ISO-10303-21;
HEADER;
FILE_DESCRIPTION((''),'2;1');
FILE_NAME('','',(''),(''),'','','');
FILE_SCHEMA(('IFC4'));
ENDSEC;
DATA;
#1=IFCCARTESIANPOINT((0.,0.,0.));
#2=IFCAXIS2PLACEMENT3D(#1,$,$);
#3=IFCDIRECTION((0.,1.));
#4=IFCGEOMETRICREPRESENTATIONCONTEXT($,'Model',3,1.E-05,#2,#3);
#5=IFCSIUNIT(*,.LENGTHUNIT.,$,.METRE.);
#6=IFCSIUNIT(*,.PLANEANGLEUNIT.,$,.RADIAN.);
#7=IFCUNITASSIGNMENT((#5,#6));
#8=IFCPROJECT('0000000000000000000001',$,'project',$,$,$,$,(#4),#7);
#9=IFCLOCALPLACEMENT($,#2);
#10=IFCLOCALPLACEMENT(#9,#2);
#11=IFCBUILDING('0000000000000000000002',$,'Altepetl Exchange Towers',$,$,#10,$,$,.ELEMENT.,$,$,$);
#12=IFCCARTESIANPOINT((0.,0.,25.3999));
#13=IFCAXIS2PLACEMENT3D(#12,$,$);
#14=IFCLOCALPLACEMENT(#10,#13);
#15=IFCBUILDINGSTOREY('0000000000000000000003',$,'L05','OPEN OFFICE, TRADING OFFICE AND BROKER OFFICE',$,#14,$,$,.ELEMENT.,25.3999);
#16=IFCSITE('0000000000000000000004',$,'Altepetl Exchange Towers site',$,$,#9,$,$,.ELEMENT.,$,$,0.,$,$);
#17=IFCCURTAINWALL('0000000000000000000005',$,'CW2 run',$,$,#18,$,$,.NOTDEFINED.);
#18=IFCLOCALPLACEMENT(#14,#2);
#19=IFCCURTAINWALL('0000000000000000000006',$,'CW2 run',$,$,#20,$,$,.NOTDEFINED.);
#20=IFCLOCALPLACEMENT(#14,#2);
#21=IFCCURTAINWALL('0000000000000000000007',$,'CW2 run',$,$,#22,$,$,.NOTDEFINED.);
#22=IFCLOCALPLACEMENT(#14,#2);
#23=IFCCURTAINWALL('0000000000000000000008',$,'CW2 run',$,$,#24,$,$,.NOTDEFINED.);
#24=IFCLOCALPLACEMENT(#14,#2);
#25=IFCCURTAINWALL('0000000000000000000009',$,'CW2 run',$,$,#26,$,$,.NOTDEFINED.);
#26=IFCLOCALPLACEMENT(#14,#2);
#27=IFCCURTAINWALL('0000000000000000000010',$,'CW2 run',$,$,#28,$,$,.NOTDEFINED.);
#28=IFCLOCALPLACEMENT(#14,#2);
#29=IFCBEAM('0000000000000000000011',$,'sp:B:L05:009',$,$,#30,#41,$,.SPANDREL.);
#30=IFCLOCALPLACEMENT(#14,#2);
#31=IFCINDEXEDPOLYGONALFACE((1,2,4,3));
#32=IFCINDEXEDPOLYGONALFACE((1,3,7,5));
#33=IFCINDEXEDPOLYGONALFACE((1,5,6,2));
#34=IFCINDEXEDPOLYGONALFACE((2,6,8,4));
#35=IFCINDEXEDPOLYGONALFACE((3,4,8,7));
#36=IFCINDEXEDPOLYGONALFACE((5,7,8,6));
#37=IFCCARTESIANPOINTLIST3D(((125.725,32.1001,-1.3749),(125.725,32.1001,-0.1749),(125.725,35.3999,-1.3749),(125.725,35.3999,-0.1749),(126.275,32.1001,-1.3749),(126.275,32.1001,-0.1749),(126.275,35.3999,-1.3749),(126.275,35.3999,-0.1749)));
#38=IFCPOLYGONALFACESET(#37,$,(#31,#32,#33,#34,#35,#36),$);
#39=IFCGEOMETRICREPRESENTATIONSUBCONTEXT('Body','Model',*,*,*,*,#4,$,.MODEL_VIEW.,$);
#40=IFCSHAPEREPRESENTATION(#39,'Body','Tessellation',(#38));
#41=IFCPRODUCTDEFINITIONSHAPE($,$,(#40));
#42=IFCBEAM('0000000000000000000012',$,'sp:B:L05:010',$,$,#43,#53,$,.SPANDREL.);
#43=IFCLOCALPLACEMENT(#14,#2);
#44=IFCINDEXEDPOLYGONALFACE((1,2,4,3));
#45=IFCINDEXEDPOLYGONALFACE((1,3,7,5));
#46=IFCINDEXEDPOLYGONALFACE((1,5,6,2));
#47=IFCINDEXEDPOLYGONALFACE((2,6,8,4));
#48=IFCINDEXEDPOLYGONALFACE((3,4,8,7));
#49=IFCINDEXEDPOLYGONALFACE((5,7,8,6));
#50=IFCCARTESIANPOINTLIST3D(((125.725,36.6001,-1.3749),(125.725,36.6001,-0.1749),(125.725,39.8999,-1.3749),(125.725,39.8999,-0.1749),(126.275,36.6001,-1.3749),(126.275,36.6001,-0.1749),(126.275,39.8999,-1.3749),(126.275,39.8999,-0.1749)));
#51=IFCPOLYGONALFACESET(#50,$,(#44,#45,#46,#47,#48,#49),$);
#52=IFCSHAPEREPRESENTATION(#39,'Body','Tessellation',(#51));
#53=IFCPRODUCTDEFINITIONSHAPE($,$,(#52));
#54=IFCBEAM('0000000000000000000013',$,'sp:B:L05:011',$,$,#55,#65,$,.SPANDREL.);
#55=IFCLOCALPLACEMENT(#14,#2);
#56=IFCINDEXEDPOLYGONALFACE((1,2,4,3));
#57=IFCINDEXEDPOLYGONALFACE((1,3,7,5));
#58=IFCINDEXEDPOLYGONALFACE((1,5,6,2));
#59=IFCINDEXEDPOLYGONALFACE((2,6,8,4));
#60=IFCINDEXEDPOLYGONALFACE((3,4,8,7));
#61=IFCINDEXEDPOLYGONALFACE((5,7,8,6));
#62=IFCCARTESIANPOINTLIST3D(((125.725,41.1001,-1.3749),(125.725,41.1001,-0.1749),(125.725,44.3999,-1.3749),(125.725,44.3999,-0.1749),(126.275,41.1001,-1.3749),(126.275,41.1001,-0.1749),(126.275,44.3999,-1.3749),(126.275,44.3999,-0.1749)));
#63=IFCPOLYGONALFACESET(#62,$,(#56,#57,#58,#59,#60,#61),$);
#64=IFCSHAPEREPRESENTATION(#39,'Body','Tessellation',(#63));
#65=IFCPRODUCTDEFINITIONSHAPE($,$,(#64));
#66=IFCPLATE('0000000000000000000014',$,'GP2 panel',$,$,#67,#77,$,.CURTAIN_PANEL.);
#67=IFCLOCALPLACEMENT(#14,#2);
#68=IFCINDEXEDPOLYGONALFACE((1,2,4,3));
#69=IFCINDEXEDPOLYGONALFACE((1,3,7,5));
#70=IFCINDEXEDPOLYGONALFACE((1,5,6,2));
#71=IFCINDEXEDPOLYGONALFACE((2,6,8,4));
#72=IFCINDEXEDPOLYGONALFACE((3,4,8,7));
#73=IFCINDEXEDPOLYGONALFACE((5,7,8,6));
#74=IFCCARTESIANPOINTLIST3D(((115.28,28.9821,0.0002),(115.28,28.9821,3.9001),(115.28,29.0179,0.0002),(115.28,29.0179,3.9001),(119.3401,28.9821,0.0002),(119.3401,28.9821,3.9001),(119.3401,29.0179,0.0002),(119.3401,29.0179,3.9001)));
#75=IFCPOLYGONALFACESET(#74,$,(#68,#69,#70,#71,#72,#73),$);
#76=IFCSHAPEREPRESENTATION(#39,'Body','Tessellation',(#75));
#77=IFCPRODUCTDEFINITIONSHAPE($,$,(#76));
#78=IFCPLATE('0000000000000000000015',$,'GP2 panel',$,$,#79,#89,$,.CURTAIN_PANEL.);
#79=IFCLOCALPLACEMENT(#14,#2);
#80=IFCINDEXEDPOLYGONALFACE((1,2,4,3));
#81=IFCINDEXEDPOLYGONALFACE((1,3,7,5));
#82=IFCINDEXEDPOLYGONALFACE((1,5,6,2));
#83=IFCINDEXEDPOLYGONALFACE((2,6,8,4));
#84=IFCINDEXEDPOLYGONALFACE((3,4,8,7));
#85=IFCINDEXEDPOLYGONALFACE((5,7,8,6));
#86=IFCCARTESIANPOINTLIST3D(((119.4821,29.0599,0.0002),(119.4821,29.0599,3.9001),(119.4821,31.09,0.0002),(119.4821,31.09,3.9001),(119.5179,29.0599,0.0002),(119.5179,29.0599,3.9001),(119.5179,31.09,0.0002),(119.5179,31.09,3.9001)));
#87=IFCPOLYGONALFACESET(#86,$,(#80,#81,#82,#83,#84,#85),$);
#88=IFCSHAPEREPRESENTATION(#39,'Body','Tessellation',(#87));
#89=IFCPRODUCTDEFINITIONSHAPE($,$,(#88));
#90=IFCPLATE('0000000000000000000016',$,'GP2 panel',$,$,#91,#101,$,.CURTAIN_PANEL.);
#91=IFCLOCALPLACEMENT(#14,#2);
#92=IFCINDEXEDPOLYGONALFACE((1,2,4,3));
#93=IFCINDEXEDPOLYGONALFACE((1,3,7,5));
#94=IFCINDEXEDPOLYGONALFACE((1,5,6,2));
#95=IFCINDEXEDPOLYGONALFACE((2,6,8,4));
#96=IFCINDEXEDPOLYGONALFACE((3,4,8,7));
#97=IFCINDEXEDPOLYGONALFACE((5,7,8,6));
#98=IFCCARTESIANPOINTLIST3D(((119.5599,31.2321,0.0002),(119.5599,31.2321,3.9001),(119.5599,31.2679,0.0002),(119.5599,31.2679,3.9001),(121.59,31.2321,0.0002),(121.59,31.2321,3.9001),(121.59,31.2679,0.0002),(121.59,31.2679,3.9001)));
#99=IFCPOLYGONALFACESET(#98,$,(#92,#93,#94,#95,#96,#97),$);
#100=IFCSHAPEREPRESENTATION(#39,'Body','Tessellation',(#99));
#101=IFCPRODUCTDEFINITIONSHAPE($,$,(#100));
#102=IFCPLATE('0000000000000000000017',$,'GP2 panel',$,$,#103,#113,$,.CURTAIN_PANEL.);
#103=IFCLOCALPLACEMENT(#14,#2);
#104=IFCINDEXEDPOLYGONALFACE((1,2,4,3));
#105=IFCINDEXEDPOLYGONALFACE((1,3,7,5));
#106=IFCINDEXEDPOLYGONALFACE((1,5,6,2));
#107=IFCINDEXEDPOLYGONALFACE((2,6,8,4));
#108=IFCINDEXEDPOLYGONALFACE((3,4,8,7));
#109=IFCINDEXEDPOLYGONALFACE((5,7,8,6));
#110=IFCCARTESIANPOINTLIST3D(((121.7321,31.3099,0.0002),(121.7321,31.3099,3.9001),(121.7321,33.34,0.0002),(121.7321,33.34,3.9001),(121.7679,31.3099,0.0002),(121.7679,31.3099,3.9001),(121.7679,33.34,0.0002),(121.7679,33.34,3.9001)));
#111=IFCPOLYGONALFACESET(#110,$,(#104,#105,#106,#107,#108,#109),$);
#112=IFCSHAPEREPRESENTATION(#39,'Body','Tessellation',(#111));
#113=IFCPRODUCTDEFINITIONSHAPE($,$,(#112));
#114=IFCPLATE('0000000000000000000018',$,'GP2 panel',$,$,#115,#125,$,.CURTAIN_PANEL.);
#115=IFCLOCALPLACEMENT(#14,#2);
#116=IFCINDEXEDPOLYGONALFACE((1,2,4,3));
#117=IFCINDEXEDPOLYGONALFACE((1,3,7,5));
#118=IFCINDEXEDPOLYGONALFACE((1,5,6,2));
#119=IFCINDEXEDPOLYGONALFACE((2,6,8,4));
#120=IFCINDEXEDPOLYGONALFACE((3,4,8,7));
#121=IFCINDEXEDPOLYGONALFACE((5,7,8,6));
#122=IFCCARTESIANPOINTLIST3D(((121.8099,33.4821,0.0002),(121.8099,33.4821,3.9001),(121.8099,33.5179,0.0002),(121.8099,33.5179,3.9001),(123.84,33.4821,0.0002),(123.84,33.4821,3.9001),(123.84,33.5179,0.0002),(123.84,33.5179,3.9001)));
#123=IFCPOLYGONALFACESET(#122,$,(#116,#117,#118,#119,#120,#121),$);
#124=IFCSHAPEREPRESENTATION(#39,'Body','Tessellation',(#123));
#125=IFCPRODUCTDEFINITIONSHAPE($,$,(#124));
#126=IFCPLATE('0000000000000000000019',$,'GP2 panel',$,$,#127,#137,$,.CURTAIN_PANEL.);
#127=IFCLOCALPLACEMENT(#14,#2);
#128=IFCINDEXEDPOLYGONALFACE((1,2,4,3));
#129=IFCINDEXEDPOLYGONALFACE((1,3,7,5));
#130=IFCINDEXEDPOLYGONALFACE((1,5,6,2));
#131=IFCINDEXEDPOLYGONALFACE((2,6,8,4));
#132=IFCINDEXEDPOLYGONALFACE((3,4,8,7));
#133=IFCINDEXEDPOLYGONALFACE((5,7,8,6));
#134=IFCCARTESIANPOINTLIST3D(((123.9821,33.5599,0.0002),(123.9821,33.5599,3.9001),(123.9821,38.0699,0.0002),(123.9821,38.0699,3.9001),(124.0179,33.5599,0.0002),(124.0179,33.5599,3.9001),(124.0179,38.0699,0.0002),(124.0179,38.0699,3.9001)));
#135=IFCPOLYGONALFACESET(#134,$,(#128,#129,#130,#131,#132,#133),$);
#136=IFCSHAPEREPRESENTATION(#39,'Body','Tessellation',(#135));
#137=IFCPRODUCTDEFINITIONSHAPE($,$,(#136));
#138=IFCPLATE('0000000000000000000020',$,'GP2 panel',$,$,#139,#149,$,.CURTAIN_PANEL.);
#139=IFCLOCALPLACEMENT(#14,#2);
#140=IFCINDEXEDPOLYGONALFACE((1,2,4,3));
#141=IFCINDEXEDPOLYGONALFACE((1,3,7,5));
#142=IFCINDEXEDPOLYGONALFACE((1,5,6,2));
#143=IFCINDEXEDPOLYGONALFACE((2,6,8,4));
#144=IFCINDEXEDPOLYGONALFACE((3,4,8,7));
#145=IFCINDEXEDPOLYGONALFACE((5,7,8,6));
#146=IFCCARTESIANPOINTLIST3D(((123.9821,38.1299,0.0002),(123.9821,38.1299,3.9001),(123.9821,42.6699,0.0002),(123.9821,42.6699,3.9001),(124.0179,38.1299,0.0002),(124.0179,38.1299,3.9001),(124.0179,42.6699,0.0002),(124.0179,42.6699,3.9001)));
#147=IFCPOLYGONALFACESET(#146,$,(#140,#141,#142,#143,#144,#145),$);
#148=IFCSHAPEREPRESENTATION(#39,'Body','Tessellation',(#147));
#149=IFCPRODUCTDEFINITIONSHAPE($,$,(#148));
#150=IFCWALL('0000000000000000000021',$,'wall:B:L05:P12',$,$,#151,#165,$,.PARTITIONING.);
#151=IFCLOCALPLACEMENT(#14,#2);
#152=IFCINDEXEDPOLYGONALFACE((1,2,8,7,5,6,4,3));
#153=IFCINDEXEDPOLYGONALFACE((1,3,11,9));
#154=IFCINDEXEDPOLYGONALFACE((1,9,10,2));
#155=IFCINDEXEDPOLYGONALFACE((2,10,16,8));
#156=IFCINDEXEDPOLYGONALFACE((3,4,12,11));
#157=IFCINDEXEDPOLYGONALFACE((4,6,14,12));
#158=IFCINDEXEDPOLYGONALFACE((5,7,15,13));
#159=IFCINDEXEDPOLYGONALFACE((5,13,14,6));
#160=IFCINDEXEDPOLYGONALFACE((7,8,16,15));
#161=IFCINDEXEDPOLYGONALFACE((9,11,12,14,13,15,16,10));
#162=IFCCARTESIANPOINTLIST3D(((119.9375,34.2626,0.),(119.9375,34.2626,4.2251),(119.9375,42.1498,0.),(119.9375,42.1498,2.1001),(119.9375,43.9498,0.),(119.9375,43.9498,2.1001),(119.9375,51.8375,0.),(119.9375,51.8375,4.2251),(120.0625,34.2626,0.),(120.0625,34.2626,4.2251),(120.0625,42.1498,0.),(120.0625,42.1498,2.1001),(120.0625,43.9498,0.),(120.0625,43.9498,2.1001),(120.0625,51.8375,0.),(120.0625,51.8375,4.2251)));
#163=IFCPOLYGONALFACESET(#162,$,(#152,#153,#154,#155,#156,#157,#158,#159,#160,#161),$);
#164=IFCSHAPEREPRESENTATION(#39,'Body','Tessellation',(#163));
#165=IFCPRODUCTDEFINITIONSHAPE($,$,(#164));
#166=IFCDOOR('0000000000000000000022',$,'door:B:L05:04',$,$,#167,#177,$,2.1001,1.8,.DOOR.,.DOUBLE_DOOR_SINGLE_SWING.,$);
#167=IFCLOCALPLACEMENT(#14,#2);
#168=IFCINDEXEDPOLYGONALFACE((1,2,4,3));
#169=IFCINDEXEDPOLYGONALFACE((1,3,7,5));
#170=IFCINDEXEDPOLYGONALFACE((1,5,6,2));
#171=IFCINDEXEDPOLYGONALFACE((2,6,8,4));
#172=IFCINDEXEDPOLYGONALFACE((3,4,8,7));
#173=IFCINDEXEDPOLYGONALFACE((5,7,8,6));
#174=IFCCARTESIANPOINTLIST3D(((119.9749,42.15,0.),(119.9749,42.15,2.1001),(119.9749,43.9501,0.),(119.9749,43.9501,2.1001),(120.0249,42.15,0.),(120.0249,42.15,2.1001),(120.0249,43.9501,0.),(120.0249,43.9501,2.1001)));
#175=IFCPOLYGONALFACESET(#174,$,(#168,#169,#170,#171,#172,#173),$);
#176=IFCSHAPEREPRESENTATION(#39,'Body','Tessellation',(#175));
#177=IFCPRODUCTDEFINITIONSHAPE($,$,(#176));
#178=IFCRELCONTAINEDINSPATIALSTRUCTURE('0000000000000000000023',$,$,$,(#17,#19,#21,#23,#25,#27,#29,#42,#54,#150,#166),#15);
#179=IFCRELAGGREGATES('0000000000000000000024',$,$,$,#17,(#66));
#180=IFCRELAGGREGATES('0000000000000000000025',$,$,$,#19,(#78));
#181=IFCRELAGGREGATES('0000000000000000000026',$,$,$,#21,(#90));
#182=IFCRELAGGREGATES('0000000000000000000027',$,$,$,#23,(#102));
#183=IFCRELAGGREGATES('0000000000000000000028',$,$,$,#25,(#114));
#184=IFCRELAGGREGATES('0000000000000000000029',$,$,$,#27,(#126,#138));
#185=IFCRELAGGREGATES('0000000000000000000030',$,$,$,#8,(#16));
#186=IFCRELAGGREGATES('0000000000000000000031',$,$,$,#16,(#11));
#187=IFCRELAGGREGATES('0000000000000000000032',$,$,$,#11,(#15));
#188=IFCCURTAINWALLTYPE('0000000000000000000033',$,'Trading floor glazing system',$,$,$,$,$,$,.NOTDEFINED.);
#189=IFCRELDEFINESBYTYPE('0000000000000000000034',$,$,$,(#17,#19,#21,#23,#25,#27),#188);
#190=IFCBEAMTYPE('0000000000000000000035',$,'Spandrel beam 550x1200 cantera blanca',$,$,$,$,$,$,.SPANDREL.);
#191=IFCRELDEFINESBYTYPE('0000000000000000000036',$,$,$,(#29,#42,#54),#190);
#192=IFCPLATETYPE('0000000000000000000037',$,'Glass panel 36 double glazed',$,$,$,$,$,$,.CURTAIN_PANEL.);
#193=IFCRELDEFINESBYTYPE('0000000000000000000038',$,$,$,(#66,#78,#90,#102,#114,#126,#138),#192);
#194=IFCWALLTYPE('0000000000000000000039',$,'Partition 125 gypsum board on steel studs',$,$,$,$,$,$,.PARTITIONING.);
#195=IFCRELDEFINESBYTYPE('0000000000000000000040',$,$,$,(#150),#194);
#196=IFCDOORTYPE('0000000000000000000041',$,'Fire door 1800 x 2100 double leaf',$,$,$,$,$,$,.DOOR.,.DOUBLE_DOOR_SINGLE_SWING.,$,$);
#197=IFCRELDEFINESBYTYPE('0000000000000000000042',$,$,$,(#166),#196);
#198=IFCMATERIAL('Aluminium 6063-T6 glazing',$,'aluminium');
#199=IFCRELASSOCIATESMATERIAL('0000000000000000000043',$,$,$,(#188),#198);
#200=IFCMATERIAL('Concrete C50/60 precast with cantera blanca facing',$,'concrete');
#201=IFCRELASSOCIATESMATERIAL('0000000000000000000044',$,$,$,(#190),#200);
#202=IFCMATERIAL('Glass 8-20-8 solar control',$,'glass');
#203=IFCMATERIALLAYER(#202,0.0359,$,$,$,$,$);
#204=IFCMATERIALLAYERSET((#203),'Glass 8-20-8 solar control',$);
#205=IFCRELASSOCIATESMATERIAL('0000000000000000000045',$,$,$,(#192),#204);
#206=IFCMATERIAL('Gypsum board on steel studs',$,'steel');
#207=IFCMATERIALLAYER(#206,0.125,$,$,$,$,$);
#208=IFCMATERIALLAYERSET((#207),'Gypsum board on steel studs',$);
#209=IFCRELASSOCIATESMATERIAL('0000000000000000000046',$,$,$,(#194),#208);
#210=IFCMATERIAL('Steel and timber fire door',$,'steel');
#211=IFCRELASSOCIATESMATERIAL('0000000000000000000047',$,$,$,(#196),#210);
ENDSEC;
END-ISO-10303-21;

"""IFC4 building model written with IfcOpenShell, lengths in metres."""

from ifc_helpers import new_model, si_unit, direction, frame, frame_2d, origin, origin_2d, place, context, subcontext, project, spatial, rectangle, extrude, material, layer, layer_set, material_profile, profile_set, type_object, element, fill, aggregate, save


model = new_model("IFC4")

# Units and contexts
model_context = context("Model", 3, precision=1e-05, world=origin(), true_north=direction((0.0, 1.0)))
body_context = subcontext(model_context, "Body", "Model", "MODEL_VIEW")
ifc_project = project(units=[si_unit("LENGTHUNIT", "METRE"), si_unit("PLANEANGLEUNIT", "RADIAN")], contexts=[model_context])

# Site, building, storey
site_placement = place(None, origin())
site = spatial("IfcSite", under=ifc_project, at=site_placement, Name="Altepetl Exchange Towers site", CompositionType="ELEMENT", RefElevation=0.0)
building_placement = place(site_placement, origin())
building = spatial("IfcBuilding", under=site, at=building_placement, Name="Altepetl Exchange Towers", CompositionType="ELEMENT")
storey_placement = place(building_placement, frame((0.0, 0.0, 25.3999)))
storey = spatial("IfcBuildingStorey", under=building, at=storey_placement, Name="L05", Description="OPEN OFFICE, TRADING OFFICE AND BROKER OFFICE", CompositionType="ELEMENT", Elevation=25.3999)

# Curtain wall
ifc_material_1 = material(Name="Aluminium 6063-T6 glazing", Category="aluminium")
curtain_wall_type = type_object("IfcCurtainWallType", Name="Trading floor glazing system", PredefinedType="NOTDEFINED", material=ifc_material_1)
curtain_wall_1_placement = place(storey_placement, origin())
curtain_wall_1 = element("IfcCurtainWall", 1, at=curtain_wall_1_placement, inside=storey, type_object=curtain_wall_type, Name="CW2 run", PredefinedType="NOTDEFINED")

# Curtain walls
curtain_wall_2_placement = place(storey_placement, origin())
curtain_wall_2 = element("IfcCurtainWall", 2, at=curtain_wall_2_placement, inside=storey, type_object=curtain_wall_type, Name="CW2 run", PredefinedType="NOTDEFINED")
curtain_wall_3_placement = place(storey_placement, origin())
curtain_wall_3 = element("IfcCurtainWall", 3, at=curtain_wall_3_placement, inside=storey, type_object=curtain_wall_type, Name="CW2 run", PredefinedType="NOTDEFINED")
curtain_wall_4_placement = place(storey_placement, origin())
curtain_wall_4 = element("IfcCurtainWall", 4, at=curtain_wall_4_placement, inside=storey, type_object=curtain_wall_type, Name="CW2 run", PredefinedType="NOTDEFINED")
curtain_wall_5_placement = place(storey_placement, origin())
curtain_wall_5 = element("IfcCurtainWall", 5, at=curtain_wall_5_placement, inside=storey, type_object=curtain_wall_type, Name="CW2 run", PredefinedType="NOTDEFINED")
curtain_wall_6_placement = place(storey_placement, origin())
curtain_wall_6 = element("IfcCurtainWall", 6, at=curtain_wall_6_placement, inside=storey, type_object=curtain_wall_type, Name="CW2 run", PredefinedType="NOTDEFINED")

# Beams
ifc_material_2 = material(Name="Concrete C50/60 precast with cantera blanca facing", Category="concrete")
ifc_material_profile_1 = material_profile(ifc_material_2, rectangle(XDim=0.55, YDim=1.2, at=origin_2d()), Name="550 x 1200")
ifc_profile_set_1 = profile_set([ifc_material_profile_1], Name="Concrete C50/60 precast with cantera blanca facing")
beam_type_1 = type_object("IfcBeamType", Name="Spandrel beam 550x1200 cantera blanca", PredefinedType="SPANDREL", material=ifc_profile_set_1)
for number, where, z_axis, x_axis, name in (
    (7, (126.0, 32.1001, -0.7749), (0.0, 1.0, 0.0), (-1.0, 0.0, 0.0), "sp:B:L05:009"),
    (8, (126.0, 36.6001, -0.7749), (0.0, 1.0, 0.0), (-1.0, 0.0, 0.0), "sp:B:L05:010"),
    (9, (126.0, 41.1001, -0.7749), (0.0, 1.0, 0.0), (-1.0, 0.0, 0.0), "sp:B:L05:011"),
):
    element("IfcBeam", number, at=place(storey_placement, frame(where, z_axis=z_axis, x_axis=x_axis)), inside=storey, type_object=beam_type_1, Name=name, PredefinedType="SPANDREL", context=body_context, shape_type="SweptSolid", body=[
        extrude(rectangle(XDim=0.55, YDim=1.2, at=origin_2d()), origin(), (0.0, 0.0, 1.0), 3.2998),
    ])

# Plates
ifc_material_3 = material(Name="Glass 8-20-8 solar control", Category="glass")
ifc_layer_1 = layer(ifc_material_3, 0.0359)
ifc_layer_set_1 = layer_set([ifc_layer_1], Name="Glass 8-20-8 solar control")
plate_type = type_object("IfcPlateType", Name="Glass panel 36 double glazed", PredefinedType="CURTAIN_PANEL", material=ifc_layer_set_1)
plate_1_placement = place(storey_placement, frame((117.3101, 29.0, 0.0002)))
plate_1 = element("IfcPlate", 10, at=plate_1_placement, type_object=plate_type, Name="GP2 panel", PredefinedType="CURTAIN_PANEL", context=body_context, shape_type="SweptSolid", body=[
    extrude(rectangle(XDim=4.0601, YDim=0.0359, at=origin_2d()), origin(), (0.0, 0.0, 1.0), 3.8999),
])
aggregate(curtain_wall_1, [plate_1])
plate_2_placement = place(storey_placement, frame((119.5, 30.075, 0.0002), z_axis=(0.0, 0.0, 1.0), x_axis=(0.0, 1.0, 0.0)))
plate_2 = element("IfcPlate", 11, at=plate_2_placement, type_object=plate_type, Name="GP2 panel", PredefinedType="CURTAIN_PANEL", context=body_context, shape_type="SweptSolid", body=[
    extrude(rectangle(XDim=2.03, YDim=0.0359, at=origin_2d()), origin(), (0.0, 0.0, 1.0), 3.8999),
])
aggregate(curtain_wall_2, [plate_2])
plate_3_placement = place(storey_placement, frame((120.575, 31.25, 0.0002)))
plate_3 = element("IfcPlate", 12, at=plate_3_placement, type_object=plate_type, Name="GP2 panel", PredefinedType="CURTAIN_PANEL", context=body_context, shape_type="SweptSolid", body=[
    extrude(rectangle(XDim=2.03, YDim=0.0359, at=origin_2d()), origin(), (0.0, 0.0, 1.0), 3.8999),
])
aggregate(curtain_wall_3, [plate_3])
plate_4_placement = place(storey_placement, frame((121.75, 32.325, 0.0002), z_axis=(0.0, 0.0, 1.0), x_axis=(0.0, 1.0, 0.0)))
plate_4 = element("IfcPlate", 13, at=plate_4_placement, type_object=plate_type, Name="GP2 panel", PredefinedType="CURTAIN_PANEL", context=body_context, shape_type="SweptSolid", body=[
    extrude(rectangle(XDim=2.03, YDim=0.0359, at=origin_2d()), origin(), (0.0, 0.0, 1.0), 3.8999),
])
aggregate(curtain_wall_4, [plate_4])
plate_5_placement = place(storey_placement, frame((122.825, 33.5, 0.0002)))
plate_5 = element("IfcPlate", 14, at=plate_5_placement, type_object=plate_type, Name="GP2 panel", PredefinedType="CURTAIN_PANEL", context=body_context, shape_type="SweptSolid", body=[
    extrude(rectangle(XDim=2.03, YDim=0.0359, at=origin_2d()), origin(), (0.0, 0.0, 1.0), 3.8999),
])
aggregate(curtain_wall_5, [plate_5])
plate_6_placement = place(storey_placement, frame((124.0, 35.8149, 0.0002), z_axis=(0.0, 0.0, 1.0), x_axis=(0.0, 1.0, 0.0)))
plate_6 = element("IfcPlate", 15, at=plate_6_placement, type_object=plate_type, Name="GP2 panel", PredefinedType="CURTAIN_PANEL", context=body_context, shape_type="SweptSolid", body=[
    extrude(rectangle(XDim=4.51, YDim=0.0359, at=origin_2d()), origin(), (0.0, 0.0, 1.0), 3.8999),
])
plate_7_placement = place(storey_placement, frame((124.0, 40.3999, 0.0002), z_axis=(0.0, 0.0, 1.0), x_axis=(0.0, 1.0, 0.0)))
plate_7 = element("IfcPlate", 16, at=plate_7_placement, type_object=plate_type, Name="GP2 panel", PredefinedType="CURTAIN_PANEL", context=body_context, shape_type="SweptSolid", body=[
    extrude(rectangle(XDim=4.54, YDim=0.0359, at=origin_2d()), origin(), (0.0, 0.0, 1.0), 3.8999),
])
aggregate(curtain_wall_6, [plate_6, plate_7])

# Wall, opening, door
ifc_material_4 = material(Name="Gypsum board on steel studs", Category="steel")
ifc_layer_2 = layer(ifc_material_4, 0.125)
ifc_layer_set_2 = layer_set([ifc_layer_2], Name="Gypsum board on steel studs")
wall_type = type_object("IfcWallType", Name="Partition 125 gypsum board on steel studs", PredefinedType="PARTITIONING", material=ifc_layer_set_2)
wall_placement = place(storey_placement, frame((120.0, 34.2625, 0.0), z_axis=(0.0, 0.0, 1.0), x_axis=(0.0, 1.0, 0.0)))
wall = element("IfcWall", 17, at=wall_placement, inside=storey, type_object=wall_type, Name="wall:B:L05:P12", PredefinedType="PARTITIONING", context=body_context, shape_type="SweptSolid", body=[
    extrude(rectangle(XDim=17.575, YDim=0.125, at=frame_2d((8.7876, 0.0))), origin(), (0.0, 0.0, 1.0), 4.2251),
])
opening_placement = place(wall_placement, frame((7.8875, 0.0, 0.0)))
opening = element("IfcOpeningElement", 18, at=opening_placement, cuts=wall, PredefinedType="OPENING", context=body_context, shape_type="SweptSolid", body=[
    extrude(rectangle(XDim=1.8, YDim=2.1001, at=frame_2d((0.8999, 1.05))), frame((0.0, 0.0725, 0.0), z_axis=(0.0, -1.0, 0.0), x_axis=(1.0, 0.0, 0.0)), (0.0, 0.0, 1.0), 0.145),
])
ifc_material_5 = material(Name="Steel and timber fire door", Category="steel")
door_type = type_object("IfcDoorType", Name="Fire door 1800 x 2100 double leaf", OperationType="DOUBLE_DOOR_SINGLE_SWING", PredefinedType="DOOR", material=ifc_material_5)
door_placement = place(opening_placement, frame((1.8, 0.0, 0.0), x_axis=(-1.0, 0.0, 0.0)))
door = element("IfcDoor", 19, at=door_placement, inside=storey, type_object=door_type, Name="door:B:L05:04", OperationType="DOUBLE_DOOR_SINGLE_SWING", OverallHeight=2.1001, OverallWidth=1.8, PredefinedType="DOOR", context=body_context, shape_type="SweptSolid", body=[
    extrude(rectangle(XDim=1.8, YDim=2.1001, at=frame_2d((0.8999, 1.05))), frame((0.0, 0.0249, 0.0), z_axis=(0.0, -1.0, 0.0), x_axis=(1.0, 0.0, 0.0)), (0.0, 0.0, 1.0), 0.05),
])
fill(opening, door)

save(model, "model.ifc")
